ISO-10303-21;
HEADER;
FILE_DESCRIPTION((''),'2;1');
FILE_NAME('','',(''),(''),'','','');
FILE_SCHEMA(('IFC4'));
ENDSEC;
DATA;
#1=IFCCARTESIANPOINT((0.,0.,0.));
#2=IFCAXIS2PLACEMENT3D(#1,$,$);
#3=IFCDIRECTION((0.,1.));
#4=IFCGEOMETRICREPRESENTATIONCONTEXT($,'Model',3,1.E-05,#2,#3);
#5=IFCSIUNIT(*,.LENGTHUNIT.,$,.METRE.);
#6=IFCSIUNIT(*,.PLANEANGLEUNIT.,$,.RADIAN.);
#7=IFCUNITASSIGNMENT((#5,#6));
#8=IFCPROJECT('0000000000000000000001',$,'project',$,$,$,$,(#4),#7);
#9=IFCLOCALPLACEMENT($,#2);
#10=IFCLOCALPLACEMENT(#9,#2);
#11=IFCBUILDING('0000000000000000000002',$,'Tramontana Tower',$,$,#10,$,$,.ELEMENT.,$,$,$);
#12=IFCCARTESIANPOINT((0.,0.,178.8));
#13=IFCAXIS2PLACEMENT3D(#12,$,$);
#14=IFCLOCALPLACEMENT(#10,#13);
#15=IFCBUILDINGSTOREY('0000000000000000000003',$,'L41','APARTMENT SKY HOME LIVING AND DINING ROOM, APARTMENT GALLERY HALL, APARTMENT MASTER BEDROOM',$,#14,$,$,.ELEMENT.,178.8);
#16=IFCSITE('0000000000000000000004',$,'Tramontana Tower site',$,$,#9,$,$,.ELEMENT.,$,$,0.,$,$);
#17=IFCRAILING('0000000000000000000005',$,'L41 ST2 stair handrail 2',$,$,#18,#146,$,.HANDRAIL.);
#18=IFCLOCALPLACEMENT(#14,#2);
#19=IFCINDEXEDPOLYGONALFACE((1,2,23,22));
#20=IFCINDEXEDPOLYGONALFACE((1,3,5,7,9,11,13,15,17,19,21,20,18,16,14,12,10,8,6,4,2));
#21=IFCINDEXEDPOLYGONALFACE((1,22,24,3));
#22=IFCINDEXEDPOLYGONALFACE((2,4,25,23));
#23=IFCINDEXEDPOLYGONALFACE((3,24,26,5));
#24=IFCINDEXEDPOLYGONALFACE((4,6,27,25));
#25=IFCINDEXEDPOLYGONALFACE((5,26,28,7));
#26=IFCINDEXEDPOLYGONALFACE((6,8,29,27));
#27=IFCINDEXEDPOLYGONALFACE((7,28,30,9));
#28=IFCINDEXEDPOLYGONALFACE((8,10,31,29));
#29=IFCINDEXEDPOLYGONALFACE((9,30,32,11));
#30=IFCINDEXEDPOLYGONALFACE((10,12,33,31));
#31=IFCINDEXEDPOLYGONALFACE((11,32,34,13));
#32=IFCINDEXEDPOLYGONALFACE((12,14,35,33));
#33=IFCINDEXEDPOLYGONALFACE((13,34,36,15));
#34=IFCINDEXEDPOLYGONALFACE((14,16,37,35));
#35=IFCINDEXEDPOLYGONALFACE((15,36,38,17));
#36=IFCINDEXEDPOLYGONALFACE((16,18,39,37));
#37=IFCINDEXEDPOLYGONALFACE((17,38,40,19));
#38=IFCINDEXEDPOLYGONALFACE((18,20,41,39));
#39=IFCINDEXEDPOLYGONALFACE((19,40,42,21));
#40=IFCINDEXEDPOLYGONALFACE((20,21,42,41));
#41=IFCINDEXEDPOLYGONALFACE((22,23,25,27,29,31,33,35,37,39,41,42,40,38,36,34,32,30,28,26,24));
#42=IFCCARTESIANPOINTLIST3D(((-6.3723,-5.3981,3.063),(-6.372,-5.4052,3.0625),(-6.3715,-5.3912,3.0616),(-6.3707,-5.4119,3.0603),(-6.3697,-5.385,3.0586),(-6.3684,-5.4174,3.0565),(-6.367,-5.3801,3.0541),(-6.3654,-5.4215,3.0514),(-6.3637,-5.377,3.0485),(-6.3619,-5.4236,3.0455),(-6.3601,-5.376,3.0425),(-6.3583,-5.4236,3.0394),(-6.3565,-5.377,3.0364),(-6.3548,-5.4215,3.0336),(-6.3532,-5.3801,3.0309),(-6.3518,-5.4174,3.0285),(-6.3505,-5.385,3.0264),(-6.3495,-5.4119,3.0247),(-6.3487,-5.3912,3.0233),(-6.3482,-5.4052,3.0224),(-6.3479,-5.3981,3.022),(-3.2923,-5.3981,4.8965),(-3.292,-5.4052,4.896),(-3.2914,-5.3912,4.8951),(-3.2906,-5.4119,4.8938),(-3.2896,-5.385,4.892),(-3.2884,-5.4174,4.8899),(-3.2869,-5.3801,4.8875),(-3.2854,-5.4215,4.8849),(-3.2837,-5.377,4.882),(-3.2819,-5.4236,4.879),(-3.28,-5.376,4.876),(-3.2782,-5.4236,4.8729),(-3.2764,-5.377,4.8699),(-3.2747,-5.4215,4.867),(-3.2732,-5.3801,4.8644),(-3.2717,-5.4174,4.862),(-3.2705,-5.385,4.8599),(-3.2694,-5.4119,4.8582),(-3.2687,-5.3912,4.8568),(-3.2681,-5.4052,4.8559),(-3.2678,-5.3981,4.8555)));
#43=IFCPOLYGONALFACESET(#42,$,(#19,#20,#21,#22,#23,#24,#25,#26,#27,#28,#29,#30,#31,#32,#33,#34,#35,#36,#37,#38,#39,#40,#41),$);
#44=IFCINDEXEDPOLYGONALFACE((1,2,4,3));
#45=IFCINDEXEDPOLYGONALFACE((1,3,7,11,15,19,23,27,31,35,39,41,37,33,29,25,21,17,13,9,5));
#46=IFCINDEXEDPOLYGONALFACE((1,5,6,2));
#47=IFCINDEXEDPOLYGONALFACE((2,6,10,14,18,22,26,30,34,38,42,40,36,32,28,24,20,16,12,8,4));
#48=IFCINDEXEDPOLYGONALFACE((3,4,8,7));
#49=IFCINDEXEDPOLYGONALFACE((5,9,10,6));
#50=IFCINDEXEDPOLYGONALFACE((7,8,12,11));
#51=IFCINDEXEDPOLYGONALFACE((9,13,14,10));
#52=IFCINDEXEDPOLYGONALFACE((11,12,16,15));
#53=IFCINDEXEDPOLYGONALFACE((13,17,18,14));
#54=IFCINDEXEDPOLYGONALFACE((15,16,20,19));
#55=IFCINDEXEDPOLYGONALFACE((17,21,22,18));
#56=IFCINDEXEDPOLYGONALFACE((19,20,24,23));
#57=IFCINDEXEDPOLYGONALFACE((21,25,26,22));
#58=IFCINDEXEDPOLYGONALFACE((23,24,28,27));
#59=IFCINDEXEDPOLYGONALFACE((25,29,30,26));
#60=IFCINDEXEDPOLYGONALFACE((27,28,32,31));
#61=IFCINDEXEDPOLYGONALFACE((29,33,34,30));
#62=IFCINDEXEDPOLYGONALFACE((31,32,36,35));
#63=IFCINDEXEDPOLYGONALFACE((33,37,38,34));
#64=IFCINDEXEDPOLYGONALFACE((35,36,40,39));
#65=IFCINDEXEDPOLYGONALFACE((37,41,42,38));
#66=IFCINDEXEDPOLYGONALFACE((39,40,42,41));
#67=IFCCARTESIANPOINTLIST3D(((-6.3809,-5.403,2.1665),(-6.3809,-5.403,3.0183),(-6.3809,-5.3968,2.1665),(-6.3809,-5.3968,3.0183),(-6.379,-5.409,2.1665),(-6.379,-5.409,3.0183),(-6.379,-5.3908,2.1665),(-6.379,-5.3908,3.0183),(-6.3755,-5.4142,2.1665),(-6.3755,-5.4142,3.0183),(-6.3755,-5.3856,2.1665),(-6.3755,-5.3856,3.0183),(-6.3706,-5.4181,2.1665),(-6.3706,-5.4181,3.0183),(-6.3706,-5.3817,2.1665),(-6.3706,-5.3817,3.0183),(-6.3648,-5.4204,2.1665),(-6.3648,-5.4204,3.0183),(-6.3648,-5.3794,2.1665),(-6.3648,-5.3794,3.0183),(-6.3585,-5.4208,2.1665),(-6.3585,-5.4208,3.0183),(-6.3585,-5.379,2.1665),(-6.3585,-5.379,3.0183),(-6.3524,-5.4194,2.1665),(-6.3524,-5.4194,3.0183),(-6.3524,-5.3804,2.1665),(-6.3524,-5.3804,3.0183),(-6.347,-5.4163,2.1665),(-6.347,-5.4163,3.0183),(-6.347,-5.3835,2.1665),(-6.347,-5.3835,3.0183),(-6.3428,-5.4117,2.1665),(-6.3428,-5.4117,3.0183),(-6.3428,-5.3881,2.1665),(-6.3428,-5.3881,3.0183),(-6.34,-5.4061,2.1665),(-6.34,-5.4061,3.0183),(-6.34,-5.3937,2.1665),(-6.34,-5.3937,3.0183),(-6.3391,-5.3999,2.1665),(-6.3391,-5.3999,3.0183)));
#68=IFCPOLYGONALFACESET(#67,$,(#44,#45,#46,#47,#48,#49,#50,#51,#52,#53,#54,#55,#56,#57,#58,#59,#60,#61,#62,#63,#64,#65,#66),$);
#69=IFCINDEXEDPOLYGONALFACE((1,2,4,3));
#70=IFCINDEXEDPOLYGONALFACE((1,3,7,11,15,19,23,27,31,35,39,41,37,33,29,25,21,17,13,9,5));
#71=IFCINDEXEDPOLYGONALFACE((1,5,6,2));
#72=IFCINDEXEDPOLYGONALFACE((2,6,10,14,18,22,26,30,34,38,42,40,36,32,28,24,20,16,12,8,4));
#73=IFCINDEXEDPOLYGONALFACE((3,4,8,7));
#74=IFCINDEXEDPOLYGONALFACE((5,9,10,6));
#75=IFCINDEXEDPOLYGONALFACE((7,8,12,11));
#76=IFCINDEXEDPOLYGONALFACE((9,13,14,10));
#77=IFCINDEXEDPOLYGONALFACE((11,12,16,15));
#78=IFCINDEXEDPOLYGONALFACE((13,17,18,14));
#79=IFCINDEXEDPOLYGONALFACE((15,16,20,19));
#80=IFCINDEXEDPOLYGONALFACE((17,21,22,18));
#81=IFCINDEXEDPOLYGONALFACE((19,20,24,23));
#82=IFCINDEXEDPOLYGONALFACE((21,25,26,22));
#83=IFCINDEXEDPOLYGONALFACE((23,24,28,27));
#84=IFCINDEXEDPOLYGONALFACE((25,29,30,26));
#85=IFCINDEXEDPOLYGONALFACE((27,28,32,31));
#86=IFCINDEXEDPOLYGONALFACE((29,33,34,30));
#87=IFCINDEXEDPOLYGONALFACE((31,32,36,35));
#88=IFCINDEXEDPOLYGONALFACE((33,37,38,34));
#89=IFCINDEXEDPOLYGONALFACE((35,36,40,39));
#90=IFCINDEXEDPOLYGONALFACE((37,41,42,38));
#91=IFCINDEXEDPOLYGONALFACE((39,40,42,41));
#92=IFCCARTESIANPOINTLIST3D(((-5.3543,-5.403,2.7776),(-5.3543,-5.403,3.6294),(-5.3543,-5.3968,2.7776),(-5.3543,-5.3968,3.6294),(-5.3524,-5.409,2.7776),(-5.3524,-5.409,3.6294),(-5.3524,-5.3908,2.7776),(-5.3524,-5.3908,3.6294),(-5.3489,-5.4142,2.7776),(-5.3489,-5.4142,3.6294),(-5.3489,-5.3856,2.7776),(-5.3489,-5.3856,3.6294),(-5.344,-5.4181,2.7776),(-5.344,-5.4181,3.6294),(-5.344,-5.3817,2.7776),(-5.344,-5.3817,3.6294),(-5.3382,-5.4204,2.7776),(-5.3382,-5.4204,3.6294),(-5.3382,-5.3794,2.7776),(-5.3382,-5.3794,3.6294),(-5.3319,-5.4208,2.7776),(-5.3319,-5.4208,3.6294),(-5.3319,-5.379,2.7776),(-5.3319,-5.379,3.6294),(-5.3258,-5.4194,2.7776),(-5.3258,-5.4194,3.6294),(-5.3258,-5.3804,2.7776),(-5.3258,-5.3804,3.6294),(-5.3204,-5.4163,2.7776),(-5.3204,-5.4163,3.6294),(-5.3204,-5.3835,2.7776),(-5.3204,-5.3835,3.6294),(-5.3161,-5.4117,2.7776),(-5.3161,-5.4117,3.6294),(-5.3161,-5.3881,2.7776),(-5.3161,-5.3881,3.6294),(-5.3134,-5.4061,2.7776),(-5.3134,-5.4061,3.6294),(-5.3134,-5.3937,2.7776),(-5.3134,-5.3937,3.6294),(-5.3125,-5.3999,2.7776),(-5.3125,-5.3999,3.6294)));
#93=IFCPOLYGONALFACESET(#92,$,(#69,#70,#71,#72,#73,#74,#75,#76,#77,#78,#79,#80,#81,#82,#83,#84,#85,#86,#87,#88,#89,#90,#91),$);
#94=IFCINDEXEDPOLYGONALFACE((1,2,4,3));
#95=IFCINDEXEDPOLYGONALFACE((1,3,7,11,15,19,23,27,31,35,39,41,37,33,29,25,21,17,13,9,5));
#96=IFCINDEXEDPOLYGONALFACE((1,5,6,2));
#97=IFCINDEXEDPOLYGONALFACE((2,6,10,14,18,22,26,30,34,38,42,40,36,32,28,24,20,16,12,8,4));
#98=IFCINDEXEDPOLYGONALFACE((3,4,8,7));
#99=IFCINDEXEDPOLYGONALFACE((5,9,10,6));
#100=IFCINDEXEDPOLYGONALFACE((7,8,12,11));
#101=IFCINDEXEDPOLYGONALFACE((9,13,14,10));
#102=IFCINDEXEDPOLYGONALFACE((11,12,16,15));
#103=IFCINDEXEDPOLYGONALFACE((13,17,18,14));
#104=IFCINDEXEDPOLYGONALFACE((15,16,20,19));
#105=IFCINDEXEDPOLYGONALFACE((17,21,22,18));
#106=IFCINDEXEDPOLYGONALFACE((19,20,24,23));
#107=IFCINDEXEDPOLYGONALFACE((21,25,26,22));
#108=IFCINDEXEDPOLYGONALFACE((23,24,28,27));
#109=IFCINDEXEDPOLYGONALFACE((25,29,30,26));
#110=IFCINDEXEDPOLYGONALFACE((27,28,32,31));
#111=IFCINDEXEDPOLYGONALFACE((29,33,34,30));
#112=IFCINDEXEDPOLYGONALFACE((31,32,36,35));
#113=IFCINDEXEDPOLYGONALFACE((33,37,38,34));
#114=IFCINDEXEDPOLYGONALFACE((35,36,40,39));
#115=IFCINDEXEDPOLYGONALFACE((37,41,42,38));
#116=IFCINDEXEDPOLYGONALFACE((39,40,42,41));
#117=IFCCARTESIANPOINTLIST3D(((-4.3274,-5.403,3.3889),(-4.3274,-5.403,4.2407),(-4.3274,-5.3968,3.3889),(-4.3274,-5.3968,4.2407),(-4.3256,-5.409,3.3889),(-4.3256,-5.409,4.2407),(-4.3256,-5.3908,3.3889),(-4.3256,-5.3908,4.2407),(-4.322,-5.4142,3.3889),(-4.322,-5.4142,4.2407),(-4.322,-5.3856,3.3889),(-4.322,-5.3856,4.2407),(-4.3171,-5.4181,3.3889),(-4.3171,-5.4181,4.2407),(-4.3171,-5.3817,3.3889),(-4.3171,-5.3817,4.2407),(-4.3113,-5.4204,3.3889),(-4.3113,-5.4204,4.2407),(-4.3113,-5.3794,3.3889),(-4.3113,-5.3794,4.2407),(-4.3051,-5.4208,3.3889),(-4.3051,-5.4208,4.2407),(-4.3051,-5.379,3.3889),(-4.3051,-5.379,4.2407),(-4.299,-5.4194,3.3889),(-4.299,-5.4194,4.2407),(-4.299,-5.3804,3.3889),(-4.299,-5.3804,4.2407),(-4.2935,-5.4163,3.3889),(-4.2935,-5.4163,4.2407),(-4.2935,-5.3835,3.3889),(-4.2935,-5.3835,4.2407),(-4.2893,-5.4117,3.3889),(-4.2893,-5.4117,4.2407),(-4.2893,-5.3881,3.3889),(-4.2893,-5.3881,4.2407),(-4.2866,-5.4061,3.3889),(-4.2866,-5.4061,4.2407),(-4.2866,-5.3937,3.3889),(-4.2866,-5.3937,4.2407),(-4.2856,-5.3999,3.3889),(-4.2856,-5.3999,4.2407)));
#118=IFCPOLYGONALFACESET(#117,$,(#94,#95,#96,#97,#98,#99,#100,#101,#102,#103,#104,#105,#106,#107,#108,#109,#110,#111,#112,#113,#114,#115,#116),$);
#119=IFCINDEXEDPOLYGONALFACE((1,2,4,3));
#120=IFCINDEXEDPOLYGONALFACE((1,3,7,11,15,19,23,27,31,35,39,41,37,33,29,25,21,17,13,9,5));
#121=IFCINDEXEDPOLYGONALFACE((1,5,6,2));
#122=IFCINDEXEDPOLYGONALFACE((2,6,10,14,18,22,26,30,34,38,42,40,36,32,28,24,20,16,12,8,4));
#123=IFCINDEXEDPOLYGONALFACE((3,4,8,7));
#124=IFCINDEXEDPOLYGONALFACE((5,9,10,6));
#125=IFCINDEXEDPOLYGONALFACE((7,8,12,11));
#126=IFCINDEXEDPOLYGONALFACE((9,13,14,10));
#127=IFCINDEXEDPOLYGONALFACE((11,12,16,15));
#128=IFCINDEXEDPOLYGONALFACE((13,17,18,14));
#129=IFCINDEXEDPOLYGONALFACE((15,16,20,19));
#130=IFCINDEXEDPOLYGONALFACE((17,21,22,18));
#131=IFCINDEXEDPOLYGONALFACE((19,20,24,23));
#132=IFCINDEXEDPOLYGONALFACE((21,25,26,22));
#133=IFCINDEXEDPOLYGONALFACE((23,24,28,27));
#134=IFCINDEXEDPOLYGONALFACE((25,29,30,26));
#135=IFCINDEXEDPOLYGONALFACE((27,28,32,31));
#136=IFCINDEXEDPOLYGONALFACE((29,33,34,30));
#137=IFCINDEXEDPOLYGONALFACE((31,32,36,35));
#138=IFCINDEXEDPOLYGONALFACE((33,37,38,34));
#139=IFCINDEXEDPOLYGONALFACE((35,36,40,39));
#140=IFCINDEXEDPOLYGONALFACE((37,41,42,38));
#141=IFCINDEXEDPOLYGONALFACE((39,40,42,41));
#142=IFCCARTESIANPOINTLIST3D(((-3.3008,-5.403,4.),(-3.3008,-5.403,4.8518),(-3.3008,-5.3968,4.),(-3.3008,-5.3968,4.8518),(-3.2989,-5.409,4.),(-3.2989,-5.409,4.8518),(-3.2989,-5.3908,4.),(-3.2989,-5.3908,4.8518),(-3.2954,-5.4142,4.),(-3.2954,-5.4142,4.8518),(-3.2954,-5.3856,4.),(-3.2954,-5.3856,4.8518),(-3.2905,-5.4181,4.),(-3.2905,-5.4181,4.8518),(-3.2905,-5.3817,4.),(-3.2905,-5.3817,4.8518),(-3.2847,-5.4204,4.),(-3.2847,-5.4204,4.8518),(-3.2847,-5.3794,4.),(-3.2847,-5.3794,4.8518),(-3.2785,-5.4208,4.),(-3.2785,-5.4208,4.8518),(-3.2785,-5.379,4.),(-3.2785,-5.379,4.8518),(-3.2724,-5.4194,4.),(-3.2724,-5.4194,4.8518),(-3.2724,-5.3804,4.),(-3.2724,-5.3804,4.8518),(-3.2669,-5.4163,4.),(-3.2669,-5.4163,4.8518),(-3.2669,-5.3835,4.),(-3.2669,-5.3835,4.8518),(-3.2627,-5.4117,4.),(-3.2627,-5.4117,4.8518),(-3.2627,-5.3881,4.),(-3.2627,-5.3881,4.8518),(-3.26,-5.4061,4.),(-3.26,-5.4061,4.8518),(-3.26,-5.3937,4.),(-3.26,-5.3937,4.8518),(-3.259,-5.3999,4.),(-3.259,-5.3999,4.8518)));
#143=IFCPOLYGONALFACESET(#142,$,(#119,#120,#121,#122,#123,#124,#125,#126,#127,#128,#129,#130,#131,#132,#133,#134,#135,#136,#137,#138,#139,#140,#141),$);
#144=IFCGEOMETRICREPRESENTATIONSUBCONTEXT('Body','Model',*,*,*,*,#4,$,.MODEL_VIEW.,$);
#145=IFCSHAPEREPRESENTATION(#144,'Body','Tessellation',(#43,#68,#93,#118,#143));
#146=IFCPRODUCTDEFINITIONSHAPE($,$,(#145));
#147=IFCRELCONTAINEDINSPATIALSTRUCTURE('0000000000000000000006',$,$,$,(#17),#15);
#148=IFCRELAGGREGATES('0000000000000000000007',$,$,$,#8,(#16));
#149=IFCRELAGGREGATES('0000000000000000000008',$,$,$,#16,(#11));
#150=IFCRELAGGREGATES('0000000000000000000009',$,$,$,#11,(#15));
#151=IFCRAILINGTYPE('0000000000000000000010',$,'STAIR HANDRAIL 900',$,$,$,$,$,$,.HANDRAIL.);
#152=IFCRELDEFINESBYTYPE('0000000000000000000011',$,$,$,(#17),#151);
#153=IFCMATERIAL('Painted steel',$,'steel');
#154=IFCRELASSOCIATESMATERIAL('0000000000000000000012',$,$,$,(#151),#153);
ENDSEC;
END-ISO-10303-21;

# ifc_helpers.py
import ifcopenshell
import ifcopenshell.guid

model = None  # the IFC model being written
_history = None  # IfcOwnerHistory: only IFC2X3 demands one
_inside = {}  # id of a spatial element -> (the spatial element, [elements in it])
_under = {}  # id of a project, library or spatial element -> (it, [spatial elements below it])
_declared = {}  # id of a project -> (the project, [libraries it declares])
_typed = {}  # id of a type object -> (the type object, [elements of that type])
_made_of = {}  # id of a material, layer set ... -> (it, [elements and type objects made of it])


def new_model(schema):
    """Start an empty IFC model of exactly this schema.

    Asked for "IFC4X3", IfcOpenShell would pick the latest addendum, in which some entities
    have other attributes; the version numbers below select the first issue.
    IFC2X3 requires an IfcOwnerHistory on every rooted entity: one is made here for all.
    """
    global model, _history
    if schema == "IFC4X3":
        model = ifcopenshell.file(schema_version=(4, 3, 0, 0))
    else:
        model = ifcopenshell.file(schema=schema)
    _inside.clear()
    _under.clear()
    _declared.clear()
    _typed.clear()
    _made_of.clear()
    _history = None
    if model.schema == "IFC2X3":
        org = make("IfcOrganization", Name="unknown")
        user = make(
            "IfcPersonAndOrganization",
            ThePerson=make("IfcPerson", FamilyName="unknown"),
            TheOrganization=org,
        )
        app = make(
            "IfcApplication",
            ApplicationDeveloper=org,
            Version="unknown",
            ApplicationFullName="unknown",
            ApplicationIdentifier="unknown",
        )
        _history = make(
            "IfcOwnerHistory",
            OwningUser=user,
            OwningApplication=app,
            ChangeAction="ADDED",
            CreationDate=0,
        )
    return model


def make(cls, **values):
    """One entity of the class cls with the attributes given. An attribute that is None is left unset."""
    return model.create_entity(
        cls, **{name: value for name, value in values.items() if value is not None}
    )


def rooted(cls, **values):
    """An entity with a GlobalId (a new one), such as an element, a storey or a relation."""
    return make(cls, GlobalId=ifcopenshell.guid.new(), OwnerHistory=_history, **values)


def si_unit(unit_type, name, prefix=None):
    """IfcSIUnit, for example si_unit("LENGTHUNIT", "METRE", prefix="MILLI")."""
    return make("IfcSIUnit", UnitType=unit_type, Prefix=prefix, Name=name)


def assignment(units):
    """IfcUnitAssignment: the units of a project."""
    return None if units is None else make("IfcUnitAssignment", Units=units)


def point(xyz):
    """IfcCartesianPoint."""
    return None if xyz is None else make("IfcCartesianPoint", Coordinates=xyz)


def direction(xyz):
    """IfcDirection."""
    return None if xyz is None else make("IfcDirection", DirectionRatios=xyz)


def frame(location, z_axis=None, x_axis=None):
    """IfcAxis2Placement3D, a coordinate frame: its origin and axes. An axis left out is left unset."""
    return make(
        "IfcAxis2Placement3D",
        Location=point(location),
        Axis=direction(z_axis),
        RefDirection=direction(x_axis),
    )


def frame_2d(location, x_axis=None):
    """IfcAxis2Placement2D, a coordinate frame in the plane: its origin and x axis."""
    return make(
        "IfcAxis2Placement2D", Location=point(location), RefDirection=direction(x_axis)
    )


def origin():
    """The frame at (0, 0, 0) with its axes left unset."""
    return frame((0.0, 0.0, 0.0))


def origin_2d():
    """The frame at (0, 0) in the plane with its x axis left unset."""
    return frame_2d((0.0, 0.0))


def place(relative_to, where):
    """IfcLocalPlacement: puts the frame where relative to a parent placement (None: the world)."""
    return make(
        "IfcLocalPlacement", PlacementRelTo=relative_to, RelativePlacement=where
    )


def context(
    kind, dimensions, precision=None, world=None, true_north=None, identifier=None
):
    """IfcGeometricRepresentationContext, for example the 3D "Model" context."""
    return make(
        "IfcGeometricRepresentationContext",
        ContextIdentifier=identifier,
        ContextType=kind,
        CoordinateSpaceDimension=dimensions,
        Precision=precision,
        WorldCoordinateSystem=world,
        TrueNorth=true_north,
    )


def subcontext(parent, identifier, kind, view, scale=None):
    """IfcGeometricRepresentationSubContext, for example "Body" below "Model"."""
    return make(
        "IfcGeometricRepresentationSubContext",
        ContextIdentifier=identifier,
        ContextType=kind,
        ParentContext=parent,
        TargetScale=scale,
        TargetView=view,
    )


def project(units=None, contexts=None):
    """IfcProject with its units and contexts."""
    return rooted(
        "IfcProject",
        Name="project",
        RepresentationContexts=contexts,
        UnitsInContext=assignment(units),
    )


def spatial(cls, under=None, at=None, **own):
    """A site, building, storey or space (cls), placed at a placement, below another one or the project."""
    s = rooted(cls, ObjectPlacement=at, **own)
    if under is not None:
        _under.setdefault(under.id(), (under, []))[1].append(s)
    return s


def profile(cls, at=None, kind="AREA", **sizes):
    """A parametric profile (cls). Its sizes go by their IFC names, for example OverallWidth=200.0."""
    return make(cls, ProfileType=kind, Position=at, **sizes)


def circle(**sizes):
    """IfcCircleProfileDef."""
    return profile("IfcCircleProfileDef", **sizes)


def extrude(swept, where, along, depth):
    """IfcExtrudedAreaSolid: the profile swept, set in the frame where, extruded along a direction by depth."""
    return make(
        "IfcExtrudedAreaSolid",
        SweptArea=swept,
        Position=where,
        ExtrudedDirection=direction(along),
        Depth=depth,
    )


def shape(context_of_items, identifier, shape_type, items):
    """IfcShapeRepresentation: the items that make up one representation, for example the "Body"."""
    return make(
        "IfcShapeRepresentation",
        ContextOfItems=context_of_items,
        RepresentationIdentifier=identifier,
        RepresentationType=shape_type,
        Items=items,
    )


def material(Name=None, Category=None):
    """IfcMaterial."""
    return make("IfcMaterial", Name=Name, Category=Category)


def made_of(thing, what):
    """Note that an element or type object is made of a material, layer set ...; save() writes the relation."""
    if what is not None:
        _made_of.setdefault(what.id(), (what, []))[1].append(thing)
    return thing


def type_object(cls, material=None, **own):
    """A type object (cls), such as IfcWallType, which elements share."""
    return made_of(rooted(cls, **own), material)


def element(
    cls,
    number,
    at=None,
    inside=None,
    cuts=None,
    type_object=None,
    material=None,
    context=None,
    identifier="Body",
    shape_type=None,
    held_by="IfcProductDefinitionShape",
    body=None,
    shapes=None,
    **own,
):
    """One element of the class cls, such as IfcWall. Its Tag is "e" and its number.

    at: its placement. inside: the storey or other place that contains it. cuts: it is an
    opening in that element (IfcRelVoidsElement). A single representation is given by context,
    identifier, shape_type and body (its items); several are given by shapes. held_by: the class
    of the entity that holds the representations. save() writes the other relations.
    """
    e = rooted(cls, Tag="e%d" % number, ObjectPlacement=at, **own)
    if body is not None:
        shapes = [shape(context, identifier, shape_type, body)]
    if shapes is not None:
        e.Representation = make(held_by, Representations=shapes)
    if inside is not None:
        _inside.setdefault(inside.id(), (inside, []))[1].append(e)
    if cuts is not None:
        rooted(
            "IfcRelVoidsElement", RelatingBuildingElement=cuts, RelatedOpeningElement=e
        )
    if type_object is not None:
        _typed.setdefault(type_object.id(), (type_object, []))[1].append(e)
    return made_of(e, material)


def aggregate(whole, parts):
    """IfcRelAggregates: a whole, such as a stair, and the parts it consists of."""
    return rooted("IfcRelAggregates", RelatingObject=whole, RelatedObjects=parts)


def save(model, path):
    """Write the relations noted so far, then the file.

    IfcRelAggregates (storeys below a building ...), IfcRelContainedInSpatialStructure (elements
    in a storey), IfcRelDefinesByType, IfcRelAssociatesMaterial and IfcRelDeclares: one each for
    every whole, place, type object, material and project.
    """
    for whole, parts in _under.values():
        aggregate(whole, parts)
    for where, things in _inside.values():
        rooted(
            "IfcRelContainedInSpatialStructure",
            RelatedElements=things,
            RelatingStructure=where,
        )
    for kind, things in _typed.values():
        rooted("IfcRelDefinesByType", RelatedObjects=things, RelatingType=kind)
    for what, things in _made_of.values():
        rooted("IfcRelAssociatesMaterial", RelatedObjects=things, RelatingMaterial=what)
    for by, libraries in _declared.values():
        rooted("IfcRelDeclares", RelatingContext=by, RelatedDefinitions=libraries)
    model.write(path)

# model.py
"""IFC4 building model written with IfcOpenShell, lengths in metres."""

from ifc_helpers import new_model, si_unit, direction, frame, origin, origin_2d, place, context, subcontext, project, spatial, circle, extrude, material, type_object, element, save


model = new_model("IFC4")

# Units and contexts
model_context = context("Model", 3, precision=1e-05, world=origin(), true_north=direction((0.0, 1.0)))
body_context = subcontext(model_context, "Body", "Model", "MODEL_VIEW")
ifc_project = project(units=[si_unit("LENGTHUNIT", "METRE"), si_unit("PLANEANGLEUNIT", "RADIAN")], contexts=[model_context])

# Site, building, storey
site_placement = place(None, origin())
site = spatial("IfcSite", under=ifc_project, at=site_placement, Name="Tramontana Tower site", CompositionType="ELEMENT", RefElevation=0.0)
building_placement = place(site_placement, origin())
building = spatial("IfcBuilding", under=site, at=building_placement, Name="Tramontana Tower", CompositionType="ELEMENT")
storey_placement = place(building_placement, frame((0.0, 0.0, 178.8)))
storey = spatial("IfcBuildingStorey", under=building, at=storey_placement, Name="L41", Description="APARTMENT SKY HOME LIVING AND DINING ROOM, APARTMENT GALLERY HALL, APARTMENT MASTER BEDROOM", CompositionType="ELEMENT", Elevation=178.8)

# Railing
ifc_material_1 = material(Name="Painted steel", Category="steel")
railing_type_1 = type_object("IfcRailingType", Name="STAIR HANDRAIL 900", PredefinedType="HANDRAIL", material=ifc_material_1)
railing_1_placement = place(storey_placement, frame((-6.3601, -5.3999, 2.1665)))
element("IfcRailing", 1, at=railing_1_placement, inside=storey, type_object=railing_type_1, Name="L41 ST2 stair handrail 2", PredefinedType="HANDRAIL", context=body_context, shape_type="SweptSolid", body=[
    extrude(circle(Radius=0.0239, at=origin_2d()), frame((0.0, 0.0, 0.876), z_axis=(0.859279, 0.0, 0.511508), x_axis=(0.0, 1.0, 0.0)), (0.0, 0.0, 1.0), 3.5845),
    extrude(circle(Radius=0.021, at=origin_2d()), origin(), (0.0, 0.0, 1.0), 0.8518),
    extrude(circle(Radius=0.021, at=origin_2d()), frame((1.0266, 0.0, 0.6111)), (0.0, 0.0, 1.0), 0.8518),
    extrude(circle(Radius=0.021, at=origin_2d()), frame((2.0535, 0.0, 1.2224)), (0.0, 0.0, 1.0), 0.8518),
    extrude(circle(Radius=0.021, at=origin_2d()), frame((3.0801, 0.0, 1.8335)), (0.0, 0.0, 1.0), 0.8518),
])

save(model, "model.ifc")
